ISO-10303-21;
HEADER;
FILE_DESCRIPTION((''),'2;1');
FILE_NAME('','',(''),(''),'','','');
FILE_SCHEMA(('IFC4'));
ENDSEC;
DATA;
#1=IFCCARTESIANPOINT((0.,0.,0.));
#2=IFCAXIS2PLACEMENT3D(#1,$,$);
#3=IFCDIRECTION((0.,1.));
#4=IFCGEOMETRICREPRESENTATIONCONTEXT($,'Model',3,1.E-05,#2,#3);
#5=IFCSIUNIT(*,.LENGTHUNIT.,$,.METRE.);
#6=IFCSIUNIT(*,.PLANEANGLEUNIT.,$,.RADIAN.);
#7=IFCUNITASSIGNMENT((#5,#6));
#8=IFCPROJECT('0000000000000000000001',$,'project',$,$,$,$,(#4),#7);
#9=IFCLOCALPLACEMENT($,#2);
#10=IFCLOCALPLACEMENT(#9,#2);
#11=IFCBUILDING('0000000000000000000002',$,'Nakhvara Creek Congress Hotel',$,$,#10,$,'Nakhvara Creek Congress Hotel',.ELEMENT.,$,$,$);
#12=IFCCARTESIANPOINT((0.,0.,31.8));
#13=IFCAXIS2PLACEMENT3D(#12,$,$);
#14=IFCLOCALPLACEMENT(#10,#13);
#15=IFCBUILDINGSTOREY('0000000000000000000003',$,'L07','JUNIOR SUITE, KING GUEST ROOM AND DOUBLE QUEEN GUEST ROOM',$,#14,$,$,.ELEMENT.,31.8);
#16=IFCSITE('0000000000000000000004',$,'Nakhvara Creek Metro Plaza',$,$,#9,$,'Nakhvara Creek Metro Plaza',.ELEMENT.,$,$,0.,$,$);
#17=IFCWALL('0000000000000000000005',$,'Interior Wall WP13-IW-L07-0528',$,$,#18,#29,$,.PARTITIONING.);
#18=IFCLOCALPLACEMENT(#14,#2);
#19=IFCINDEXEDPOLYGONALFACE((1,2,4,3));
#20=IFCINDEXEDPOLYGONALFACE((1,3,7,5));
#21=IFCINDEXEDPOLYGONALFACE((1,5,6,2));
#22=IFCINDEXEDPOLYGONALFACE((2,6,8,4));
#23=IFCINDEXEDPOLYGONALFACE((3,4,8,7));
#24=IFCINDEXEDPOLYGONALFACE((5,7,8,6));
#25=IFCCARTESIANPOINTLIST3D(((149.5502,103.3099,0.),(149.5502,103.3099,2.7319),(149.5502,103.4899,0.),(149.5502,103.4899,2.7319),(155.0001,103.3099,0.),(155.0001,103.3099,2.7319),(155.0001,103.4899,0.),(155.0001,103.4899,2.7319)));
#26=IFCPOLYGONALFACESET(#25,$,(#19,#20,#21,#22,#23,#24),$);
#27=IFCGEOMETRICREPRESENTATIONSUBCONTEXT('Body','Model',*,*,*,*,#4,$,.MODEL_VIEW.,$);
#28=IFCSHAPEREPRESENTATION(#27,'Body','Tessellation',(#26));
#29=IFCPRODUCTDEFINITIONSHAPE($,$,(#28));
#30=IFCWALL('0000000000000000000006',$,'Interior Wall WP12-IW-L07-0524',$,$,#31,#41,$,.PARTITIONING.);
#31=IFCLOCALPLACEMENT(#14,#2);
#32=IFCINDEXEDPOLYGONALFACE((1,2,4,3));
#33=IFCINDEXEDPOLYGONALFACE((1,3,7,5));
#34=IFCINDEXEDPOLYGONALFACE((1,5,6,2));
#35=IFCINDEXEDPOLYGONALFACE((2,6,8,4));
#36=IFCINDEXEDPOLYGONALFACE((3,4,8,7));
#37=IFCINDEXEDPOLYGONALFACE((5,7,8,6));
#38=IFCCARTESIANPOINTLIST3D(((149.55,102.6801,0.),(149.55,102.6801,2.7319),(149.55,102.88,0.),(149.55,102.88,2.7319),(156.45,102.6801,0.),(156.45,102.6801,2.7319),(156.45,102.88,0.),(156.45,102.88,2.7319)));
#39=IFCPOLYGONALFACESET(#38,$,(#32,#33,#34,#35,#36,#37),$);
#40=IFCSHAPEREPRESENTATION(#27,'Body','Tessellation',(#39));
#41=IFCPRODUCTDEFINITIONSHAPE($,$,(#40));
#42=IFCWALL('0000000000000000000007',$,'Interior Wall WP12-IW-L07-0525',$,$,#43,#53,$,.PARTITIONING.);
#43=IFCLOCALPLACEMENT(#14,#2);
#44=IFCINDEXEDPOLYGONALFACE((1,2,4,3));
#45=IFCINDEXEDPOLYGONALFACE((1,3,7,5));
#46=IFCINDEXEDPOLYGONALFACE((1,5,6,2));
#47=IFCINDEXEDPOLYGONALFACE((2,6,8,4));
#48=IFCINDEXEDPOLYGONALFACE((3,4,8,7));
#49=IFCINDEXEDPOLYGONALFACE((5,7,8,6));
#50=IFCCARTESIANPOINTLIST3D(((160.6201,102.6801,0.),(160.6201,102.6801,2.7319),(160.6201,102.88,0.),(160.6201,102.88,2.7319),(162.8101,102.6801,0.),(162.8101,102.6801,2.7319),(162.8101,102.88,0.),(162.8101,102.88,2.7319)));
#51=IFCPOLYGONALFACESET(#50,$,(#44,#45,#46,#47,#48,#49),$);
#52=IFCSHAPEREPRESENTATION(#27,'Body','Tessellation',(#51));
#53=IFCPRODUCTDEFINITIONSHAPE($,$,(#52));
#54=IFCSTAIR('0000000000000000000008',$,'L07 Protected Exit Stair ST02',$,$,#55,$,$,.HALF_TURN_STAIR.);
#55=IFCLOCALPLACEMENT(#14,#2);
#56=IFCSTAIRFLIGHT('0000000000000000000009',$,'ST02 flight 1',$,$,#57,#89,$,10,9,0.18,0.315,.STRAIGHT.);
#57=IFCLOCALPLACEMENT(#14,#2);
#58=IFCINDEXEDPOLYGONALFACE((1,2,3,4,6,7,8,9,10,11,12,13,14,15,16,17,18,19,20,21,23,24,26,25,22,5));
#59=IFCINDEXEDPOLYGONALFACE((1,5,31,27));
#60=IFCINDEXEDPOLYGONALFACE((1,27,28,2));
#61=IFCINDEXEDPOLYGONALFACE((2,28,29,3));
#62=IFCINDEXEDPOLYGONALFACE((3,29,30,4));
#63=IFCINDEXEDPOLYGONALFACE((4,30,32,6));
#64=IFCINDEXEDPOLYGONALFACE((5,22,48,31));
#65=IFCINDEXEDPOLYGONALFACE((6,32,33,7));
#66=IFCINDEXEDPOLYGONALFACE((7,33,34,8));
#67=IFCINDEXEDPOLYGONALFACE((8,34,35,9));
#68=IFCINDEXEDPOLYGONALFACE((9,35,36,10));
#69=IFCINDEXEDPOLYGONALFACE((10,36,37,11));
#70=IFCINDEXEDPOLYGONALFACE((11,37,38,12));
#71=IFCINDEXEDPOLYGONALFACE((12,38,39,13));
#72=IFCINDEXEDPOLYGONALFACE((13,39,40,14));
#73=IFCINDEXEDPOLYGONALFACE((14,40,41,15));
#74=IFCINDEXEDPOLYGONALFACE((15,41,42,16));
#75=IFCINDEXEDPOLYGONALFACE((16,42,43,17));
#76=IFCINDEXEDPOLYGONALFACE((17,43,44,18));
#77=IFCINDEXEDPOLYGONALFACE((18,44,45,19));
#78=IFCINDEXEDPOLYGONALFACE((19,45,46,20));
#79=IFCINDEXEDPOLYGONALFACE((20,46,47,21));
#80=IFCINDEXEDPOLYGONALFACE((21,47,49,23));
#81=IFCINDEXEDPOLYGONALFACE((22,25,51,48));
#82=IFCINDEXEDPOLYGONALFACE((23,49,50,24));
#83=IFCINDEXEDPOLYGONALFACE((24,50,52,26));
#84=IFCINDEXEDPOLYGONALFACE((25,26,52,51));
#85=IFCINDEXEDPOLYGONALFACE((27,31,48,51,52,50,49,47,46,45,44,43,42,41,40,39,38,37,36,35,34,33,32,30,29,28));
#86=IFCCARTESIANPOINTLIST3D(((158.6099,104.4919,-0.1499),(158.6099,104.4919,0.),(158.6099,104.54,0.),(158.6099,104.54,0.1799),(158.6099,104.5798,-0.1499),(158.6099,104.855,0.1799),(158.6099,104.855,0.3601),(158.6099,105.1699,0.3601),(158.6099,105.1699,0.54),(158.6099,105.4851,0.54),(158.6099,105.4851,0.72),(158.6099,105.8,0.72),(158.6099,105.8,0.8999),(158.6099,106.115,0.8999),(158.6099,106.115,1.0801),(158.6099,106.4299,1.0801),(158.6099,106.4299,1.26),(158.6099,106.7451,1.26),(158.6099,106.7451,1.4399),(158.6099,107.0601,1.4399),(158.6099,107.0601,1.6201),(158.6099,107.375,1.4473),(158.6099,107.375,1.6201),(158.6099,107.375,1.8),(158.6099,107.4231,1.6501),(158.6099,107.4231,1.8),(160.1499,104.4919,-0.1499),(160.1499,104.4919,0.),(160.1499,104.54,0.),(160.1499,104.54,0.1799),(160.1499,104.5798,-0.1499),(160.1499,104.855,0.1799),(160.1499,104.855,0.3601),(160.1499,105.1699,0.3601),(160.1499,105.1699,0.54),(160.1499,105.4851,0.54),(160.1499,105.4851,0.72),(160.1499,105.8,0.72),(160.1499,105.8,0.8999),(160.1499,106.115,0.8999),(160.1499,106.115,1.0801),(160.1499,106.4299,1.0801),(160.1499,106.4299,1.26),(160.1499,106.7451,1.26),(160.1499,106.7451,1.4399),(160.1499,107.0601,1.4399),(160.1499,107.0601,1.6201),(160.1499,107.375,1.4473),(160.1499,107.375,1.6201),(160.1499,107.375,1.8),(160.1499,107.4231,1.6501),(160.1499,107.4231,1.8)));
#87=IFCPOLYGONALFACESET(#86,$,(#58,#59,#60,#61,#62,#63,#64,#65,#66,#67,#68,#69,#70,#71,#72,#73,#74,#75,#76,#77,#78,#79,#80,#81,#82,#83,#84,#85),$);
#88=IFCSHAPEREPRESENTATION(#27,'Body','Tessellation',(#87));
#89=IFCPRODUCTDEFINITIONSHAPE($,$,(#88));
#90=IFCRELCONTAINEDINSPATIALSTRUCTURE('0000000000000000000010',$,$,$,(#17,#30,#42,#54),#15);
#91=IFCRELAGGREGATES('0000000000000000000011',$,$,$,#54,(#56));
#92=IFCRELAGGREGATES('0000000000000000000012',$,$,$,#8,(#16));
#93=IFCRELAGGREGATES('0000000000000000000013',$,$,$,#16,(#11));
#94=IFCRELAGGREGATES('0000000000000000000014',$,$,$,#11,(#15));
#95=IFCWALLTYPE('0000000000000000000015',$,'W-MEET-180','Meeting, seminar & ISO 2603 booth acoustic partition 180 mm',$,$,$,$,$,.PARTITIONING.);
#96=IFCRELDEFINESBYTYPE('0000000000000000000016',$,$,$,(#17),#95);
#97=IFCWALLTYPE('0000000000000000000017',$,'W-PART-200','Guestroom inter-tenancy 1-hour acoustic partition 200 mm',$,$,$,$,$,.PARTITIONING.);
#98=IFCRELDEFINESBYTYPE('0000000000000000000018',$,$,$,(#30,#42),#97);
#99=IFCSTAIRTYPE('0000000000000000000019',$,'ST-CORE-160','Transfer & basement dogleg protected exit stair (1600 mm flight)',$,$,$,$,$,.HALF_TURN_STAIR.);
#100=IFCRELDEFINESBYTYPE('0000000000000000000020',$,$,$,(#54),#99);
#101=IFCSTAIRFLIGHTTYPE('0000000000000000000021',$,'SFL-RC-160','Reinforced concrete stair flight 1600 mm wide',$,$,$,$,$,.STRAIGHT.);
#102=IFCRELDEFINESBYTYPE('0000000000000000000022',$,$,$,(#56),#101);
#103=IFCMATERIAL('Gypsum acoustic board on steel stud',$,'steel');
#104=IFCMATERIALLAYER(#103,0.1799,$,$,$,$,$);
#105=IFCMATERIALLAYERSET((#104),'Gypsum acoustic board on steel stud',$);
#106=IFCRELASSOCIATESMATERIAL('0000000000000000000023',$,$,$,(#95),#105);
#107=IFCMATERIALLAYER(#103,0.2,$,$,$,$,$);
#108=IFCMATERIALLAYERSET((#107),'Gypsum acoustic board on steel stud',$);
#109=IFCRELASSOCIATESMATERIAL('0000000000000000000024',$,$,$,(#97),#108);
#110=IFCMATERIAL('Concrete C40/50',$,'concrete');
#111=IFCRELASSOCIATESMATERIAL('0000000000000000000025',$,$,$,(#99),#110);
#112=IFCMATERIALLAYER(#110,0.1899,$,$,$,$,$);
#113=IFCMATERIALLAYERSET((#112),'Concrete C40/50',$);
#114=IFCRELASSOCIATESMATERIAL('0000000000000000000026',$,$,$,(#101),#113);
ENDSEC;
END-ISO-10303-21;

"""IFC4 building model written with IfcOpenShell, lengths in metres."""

from ifc_helpers import new_model, si_unit, direction, frame, frame_2d, origin, place, context, subcontext, project, spatial, polyline, rectangle, outline, extrude, material, layer, layer_set, type_object, element, aggregate, save


model = new_model("IFC4")

# Units and contexts
model_context = context("Model", 3, precision=1e-05, world=origin(), true_north=direction((0.0, 1.0)))
body_context = subcontext(model_context, "Body", "Model", "MODEL_VIEW")
ifc_project = project(units=[si_unit("LENGTHUNIT", "METRE"), si_unit("PLANEANGLEUNIT", "RADIAN")], contexts=[model_context])

# Site, building, storey
site_placement = place(None, origin())
site = spatial("IfcSite", under=ifc_project, at=site_placement, Name="Nakhvara Creek Metro Plaza", LongName="Nakhvara Creek Metro Plaza", CompositionType="ELEMENT", RefElevation=0.0)
building_placement = place(site_placement, origin())
building = spatial("IfcBuilding", under=site, at=building_placement, Name="Nakhvara Creek Congress Hotel", LongName="Nakhvara Creek Congress Hotel", CompositionType="ELEMENT")
storey_placement = place(building_placement, frame((0.0, 0.0, 31.8)))
storey = spatial("IfcBuildingStorey", under=building, at=storey_placement, Name="L07", Description="JUNIOR SUITE, KING GUEST ROOM AND DOUBLE QUEEN GUEST ROOM", CompositionType="ELEMENT", Elevation=31.8)

# Shared definitions
ifc_material_1 = material(Name="Concrete C40/50", Category="concrete")

# Walls
ifc_material_2 = material(Name="Gypsum acoustic board on steel stud", Category="steel")
ifc_layer_1 = layer(ifc_material_2, 0.1799)
ifc_layer_set_1 = layer_set([ifc_layer_1], Name="Gypsum acoustic board on steel stud")
wall_type_1 = type_object("IfcWallType", Name="W-MEET-180", Description="Meeting, seminar & ISO 2603 booth acoustic partition 180 mm", PredefinedType="PARTITIONING", material=ifc_layer_set_1)
wall_1_placement = place(storey_placement, frame((149.55, 103.3999, 0.0), z_axis=(0.0, 0.0, 1.0), x_axis=(1.0, 0.0, 0.0)))
element("IfcWall", 1, at=wall_1_placement, inside=storey, type_object=wall_type_1, Name="Interior Wall WP13-IW-L07-0528", PredefinedType="PARTITIONING", context=body_context, shape_type="SweptSolid", body=[
    extrude(rectangle(XDim=5.45, YDim=0.1799, at=frame_2d((2.7251, 0.0))), origin(), (0.0, 0.0, 1.0), 2.7319),
])
ifc_layer_2 = layer(ifc_material_2, 0.2)
ifc_layer_set_2 = layer_set([ifc_layer_2], Name="Gypsum acoustic board on steel stud")
wall_type_2 = type_object("IfcWallType", Name="W-PART-200", Description="Guestroom inter-tenancy 1-hour acoustic partition 200 mm", PredefinedType="PARTITIONING", material=ifc_layer_set_2)
wall_2_placement = place(storey_placement, frame((149.55, 102.78, 0.0), z_axis=(0.0, 0.0, 1.0), x_axis=(1.0, 0.0, 0.0)))
element("IfcWall", 2, at=wall_2_placement, inside=storey, type_object=wall_type_2, Name="Interior Wall WP12-IW-L07-0524", PredefinedType="PARTITIONING", context=body_context, shape_type="SweptSolid", body=[
    extrude(rectangle(XDim=6.8999, YDim=0.2, at=frame_2d((3.45, 0.0))), origin(), (0.0, 0.0, 1.0), 2.7319),
])
wall_3_placement = place(storey_placement, frame((160.6201, 102.78, 0.0), z_axis=(0.0, 0.0, 1.0), x_axis=(1.0, 0.0, 0.0)))
element("IfcWall", 3, at=wall_3_placement, inside=storey, type_object=wall_type_2, Name="Interior Wall WP12-IW-L07-0525", PredefinedType="PARTITIONING", context=body_context, shape_type="SweptSolid", body=[
    extrude(rectangle(XDim=2.1899, YDim=0.2, at=frame_2d((1.095, 0.0))), origin(), (0.0, 0.0, 1.0), 2.7319),
])

# Stair, stair flight
stair_type = type_object("IfcStairType", Name="ST-CORE-160", Description="Transfer & basement dogleg protected exit stair (1600 mm flight)", PredefinedType="HALF_TURN_STAIR", material=ifc_material_1)
stair_placement = place(storey_placement, origin())
stair = element("IfcStair", 4, at=stair_placement, inside=storey, type_object=stair_type, Name="L07 Protected Exit Stair ST02", PredefinedType="HALF_TURN_STAIR")
ifc_layer_3 = layer(ifc_material_1, 0.1899)
ifc_layer_set_3 = layer_set([ifc_layer_3], Name="Concrete C40/50")
stair_flight_type = type_object("IfcStairFlightType", Name="SFL-RC-160", Description="Reinforced concrete stair flight 1600 mm wide", PredefinedType="STRAIGHT", material=ifc_layer_set_3)
stair_flight_placement = place(storey_placement, frame((159.3799, 104.54, 0.0), z_axis=(0.0, 0.0, 1.0), x_axis=(0.0, 1.0, 0.0)))
stair_flight = element("IfcStairFlight", 5, at=stair_flight_placement, type_object=stair_flight_type, Name="ST02 flight 1", NumberOfRisers=10, NumberOfTreads=9, PredefinedType="STRAIGHT", RiserHeight=0.18, TreadLength=0.315, context=body_context, shape_type="SweptSolid", body=[
    extrude(outline(polyline([(-0.0481, 0.0), (0.0, 0.0), (0.0, 0.1799), (0.3149, 0.1799), (0.3149, 0.3601), (0.6299, 0.3601), (0.6299, 0.54), (0.9451, 0.54), (0.9451, 0.72), (1.26, 0.72), (1.26, 0.8999), (1.575, 0.8999), (1.575, 1.0801), (1.8899, 1.0801), (1.8899, 1.26), (2.2051, 1.26), (2.2051, 1.4399), (2.52, 1.4399), (2.52, 1.6201), (2.835, 1.6201), (2.835, 1.8), (2.8831, 1.8), (2.8831, 1.6501), (2.835, 1.4473), (0.0398, -0.1499), (-0.0481, -0.1499), (-0.0481, 0.0)])), frame((0.0, 0.77, 0.0), z_axis=(0.0, -1.0, 0.0), x_axis=(1.0, 0.0, 0.0)), (0.0, 0.0, 1.0), 1.54),
])
aggregate(stair, [stair_flight])

save(model, "model.ifc")
